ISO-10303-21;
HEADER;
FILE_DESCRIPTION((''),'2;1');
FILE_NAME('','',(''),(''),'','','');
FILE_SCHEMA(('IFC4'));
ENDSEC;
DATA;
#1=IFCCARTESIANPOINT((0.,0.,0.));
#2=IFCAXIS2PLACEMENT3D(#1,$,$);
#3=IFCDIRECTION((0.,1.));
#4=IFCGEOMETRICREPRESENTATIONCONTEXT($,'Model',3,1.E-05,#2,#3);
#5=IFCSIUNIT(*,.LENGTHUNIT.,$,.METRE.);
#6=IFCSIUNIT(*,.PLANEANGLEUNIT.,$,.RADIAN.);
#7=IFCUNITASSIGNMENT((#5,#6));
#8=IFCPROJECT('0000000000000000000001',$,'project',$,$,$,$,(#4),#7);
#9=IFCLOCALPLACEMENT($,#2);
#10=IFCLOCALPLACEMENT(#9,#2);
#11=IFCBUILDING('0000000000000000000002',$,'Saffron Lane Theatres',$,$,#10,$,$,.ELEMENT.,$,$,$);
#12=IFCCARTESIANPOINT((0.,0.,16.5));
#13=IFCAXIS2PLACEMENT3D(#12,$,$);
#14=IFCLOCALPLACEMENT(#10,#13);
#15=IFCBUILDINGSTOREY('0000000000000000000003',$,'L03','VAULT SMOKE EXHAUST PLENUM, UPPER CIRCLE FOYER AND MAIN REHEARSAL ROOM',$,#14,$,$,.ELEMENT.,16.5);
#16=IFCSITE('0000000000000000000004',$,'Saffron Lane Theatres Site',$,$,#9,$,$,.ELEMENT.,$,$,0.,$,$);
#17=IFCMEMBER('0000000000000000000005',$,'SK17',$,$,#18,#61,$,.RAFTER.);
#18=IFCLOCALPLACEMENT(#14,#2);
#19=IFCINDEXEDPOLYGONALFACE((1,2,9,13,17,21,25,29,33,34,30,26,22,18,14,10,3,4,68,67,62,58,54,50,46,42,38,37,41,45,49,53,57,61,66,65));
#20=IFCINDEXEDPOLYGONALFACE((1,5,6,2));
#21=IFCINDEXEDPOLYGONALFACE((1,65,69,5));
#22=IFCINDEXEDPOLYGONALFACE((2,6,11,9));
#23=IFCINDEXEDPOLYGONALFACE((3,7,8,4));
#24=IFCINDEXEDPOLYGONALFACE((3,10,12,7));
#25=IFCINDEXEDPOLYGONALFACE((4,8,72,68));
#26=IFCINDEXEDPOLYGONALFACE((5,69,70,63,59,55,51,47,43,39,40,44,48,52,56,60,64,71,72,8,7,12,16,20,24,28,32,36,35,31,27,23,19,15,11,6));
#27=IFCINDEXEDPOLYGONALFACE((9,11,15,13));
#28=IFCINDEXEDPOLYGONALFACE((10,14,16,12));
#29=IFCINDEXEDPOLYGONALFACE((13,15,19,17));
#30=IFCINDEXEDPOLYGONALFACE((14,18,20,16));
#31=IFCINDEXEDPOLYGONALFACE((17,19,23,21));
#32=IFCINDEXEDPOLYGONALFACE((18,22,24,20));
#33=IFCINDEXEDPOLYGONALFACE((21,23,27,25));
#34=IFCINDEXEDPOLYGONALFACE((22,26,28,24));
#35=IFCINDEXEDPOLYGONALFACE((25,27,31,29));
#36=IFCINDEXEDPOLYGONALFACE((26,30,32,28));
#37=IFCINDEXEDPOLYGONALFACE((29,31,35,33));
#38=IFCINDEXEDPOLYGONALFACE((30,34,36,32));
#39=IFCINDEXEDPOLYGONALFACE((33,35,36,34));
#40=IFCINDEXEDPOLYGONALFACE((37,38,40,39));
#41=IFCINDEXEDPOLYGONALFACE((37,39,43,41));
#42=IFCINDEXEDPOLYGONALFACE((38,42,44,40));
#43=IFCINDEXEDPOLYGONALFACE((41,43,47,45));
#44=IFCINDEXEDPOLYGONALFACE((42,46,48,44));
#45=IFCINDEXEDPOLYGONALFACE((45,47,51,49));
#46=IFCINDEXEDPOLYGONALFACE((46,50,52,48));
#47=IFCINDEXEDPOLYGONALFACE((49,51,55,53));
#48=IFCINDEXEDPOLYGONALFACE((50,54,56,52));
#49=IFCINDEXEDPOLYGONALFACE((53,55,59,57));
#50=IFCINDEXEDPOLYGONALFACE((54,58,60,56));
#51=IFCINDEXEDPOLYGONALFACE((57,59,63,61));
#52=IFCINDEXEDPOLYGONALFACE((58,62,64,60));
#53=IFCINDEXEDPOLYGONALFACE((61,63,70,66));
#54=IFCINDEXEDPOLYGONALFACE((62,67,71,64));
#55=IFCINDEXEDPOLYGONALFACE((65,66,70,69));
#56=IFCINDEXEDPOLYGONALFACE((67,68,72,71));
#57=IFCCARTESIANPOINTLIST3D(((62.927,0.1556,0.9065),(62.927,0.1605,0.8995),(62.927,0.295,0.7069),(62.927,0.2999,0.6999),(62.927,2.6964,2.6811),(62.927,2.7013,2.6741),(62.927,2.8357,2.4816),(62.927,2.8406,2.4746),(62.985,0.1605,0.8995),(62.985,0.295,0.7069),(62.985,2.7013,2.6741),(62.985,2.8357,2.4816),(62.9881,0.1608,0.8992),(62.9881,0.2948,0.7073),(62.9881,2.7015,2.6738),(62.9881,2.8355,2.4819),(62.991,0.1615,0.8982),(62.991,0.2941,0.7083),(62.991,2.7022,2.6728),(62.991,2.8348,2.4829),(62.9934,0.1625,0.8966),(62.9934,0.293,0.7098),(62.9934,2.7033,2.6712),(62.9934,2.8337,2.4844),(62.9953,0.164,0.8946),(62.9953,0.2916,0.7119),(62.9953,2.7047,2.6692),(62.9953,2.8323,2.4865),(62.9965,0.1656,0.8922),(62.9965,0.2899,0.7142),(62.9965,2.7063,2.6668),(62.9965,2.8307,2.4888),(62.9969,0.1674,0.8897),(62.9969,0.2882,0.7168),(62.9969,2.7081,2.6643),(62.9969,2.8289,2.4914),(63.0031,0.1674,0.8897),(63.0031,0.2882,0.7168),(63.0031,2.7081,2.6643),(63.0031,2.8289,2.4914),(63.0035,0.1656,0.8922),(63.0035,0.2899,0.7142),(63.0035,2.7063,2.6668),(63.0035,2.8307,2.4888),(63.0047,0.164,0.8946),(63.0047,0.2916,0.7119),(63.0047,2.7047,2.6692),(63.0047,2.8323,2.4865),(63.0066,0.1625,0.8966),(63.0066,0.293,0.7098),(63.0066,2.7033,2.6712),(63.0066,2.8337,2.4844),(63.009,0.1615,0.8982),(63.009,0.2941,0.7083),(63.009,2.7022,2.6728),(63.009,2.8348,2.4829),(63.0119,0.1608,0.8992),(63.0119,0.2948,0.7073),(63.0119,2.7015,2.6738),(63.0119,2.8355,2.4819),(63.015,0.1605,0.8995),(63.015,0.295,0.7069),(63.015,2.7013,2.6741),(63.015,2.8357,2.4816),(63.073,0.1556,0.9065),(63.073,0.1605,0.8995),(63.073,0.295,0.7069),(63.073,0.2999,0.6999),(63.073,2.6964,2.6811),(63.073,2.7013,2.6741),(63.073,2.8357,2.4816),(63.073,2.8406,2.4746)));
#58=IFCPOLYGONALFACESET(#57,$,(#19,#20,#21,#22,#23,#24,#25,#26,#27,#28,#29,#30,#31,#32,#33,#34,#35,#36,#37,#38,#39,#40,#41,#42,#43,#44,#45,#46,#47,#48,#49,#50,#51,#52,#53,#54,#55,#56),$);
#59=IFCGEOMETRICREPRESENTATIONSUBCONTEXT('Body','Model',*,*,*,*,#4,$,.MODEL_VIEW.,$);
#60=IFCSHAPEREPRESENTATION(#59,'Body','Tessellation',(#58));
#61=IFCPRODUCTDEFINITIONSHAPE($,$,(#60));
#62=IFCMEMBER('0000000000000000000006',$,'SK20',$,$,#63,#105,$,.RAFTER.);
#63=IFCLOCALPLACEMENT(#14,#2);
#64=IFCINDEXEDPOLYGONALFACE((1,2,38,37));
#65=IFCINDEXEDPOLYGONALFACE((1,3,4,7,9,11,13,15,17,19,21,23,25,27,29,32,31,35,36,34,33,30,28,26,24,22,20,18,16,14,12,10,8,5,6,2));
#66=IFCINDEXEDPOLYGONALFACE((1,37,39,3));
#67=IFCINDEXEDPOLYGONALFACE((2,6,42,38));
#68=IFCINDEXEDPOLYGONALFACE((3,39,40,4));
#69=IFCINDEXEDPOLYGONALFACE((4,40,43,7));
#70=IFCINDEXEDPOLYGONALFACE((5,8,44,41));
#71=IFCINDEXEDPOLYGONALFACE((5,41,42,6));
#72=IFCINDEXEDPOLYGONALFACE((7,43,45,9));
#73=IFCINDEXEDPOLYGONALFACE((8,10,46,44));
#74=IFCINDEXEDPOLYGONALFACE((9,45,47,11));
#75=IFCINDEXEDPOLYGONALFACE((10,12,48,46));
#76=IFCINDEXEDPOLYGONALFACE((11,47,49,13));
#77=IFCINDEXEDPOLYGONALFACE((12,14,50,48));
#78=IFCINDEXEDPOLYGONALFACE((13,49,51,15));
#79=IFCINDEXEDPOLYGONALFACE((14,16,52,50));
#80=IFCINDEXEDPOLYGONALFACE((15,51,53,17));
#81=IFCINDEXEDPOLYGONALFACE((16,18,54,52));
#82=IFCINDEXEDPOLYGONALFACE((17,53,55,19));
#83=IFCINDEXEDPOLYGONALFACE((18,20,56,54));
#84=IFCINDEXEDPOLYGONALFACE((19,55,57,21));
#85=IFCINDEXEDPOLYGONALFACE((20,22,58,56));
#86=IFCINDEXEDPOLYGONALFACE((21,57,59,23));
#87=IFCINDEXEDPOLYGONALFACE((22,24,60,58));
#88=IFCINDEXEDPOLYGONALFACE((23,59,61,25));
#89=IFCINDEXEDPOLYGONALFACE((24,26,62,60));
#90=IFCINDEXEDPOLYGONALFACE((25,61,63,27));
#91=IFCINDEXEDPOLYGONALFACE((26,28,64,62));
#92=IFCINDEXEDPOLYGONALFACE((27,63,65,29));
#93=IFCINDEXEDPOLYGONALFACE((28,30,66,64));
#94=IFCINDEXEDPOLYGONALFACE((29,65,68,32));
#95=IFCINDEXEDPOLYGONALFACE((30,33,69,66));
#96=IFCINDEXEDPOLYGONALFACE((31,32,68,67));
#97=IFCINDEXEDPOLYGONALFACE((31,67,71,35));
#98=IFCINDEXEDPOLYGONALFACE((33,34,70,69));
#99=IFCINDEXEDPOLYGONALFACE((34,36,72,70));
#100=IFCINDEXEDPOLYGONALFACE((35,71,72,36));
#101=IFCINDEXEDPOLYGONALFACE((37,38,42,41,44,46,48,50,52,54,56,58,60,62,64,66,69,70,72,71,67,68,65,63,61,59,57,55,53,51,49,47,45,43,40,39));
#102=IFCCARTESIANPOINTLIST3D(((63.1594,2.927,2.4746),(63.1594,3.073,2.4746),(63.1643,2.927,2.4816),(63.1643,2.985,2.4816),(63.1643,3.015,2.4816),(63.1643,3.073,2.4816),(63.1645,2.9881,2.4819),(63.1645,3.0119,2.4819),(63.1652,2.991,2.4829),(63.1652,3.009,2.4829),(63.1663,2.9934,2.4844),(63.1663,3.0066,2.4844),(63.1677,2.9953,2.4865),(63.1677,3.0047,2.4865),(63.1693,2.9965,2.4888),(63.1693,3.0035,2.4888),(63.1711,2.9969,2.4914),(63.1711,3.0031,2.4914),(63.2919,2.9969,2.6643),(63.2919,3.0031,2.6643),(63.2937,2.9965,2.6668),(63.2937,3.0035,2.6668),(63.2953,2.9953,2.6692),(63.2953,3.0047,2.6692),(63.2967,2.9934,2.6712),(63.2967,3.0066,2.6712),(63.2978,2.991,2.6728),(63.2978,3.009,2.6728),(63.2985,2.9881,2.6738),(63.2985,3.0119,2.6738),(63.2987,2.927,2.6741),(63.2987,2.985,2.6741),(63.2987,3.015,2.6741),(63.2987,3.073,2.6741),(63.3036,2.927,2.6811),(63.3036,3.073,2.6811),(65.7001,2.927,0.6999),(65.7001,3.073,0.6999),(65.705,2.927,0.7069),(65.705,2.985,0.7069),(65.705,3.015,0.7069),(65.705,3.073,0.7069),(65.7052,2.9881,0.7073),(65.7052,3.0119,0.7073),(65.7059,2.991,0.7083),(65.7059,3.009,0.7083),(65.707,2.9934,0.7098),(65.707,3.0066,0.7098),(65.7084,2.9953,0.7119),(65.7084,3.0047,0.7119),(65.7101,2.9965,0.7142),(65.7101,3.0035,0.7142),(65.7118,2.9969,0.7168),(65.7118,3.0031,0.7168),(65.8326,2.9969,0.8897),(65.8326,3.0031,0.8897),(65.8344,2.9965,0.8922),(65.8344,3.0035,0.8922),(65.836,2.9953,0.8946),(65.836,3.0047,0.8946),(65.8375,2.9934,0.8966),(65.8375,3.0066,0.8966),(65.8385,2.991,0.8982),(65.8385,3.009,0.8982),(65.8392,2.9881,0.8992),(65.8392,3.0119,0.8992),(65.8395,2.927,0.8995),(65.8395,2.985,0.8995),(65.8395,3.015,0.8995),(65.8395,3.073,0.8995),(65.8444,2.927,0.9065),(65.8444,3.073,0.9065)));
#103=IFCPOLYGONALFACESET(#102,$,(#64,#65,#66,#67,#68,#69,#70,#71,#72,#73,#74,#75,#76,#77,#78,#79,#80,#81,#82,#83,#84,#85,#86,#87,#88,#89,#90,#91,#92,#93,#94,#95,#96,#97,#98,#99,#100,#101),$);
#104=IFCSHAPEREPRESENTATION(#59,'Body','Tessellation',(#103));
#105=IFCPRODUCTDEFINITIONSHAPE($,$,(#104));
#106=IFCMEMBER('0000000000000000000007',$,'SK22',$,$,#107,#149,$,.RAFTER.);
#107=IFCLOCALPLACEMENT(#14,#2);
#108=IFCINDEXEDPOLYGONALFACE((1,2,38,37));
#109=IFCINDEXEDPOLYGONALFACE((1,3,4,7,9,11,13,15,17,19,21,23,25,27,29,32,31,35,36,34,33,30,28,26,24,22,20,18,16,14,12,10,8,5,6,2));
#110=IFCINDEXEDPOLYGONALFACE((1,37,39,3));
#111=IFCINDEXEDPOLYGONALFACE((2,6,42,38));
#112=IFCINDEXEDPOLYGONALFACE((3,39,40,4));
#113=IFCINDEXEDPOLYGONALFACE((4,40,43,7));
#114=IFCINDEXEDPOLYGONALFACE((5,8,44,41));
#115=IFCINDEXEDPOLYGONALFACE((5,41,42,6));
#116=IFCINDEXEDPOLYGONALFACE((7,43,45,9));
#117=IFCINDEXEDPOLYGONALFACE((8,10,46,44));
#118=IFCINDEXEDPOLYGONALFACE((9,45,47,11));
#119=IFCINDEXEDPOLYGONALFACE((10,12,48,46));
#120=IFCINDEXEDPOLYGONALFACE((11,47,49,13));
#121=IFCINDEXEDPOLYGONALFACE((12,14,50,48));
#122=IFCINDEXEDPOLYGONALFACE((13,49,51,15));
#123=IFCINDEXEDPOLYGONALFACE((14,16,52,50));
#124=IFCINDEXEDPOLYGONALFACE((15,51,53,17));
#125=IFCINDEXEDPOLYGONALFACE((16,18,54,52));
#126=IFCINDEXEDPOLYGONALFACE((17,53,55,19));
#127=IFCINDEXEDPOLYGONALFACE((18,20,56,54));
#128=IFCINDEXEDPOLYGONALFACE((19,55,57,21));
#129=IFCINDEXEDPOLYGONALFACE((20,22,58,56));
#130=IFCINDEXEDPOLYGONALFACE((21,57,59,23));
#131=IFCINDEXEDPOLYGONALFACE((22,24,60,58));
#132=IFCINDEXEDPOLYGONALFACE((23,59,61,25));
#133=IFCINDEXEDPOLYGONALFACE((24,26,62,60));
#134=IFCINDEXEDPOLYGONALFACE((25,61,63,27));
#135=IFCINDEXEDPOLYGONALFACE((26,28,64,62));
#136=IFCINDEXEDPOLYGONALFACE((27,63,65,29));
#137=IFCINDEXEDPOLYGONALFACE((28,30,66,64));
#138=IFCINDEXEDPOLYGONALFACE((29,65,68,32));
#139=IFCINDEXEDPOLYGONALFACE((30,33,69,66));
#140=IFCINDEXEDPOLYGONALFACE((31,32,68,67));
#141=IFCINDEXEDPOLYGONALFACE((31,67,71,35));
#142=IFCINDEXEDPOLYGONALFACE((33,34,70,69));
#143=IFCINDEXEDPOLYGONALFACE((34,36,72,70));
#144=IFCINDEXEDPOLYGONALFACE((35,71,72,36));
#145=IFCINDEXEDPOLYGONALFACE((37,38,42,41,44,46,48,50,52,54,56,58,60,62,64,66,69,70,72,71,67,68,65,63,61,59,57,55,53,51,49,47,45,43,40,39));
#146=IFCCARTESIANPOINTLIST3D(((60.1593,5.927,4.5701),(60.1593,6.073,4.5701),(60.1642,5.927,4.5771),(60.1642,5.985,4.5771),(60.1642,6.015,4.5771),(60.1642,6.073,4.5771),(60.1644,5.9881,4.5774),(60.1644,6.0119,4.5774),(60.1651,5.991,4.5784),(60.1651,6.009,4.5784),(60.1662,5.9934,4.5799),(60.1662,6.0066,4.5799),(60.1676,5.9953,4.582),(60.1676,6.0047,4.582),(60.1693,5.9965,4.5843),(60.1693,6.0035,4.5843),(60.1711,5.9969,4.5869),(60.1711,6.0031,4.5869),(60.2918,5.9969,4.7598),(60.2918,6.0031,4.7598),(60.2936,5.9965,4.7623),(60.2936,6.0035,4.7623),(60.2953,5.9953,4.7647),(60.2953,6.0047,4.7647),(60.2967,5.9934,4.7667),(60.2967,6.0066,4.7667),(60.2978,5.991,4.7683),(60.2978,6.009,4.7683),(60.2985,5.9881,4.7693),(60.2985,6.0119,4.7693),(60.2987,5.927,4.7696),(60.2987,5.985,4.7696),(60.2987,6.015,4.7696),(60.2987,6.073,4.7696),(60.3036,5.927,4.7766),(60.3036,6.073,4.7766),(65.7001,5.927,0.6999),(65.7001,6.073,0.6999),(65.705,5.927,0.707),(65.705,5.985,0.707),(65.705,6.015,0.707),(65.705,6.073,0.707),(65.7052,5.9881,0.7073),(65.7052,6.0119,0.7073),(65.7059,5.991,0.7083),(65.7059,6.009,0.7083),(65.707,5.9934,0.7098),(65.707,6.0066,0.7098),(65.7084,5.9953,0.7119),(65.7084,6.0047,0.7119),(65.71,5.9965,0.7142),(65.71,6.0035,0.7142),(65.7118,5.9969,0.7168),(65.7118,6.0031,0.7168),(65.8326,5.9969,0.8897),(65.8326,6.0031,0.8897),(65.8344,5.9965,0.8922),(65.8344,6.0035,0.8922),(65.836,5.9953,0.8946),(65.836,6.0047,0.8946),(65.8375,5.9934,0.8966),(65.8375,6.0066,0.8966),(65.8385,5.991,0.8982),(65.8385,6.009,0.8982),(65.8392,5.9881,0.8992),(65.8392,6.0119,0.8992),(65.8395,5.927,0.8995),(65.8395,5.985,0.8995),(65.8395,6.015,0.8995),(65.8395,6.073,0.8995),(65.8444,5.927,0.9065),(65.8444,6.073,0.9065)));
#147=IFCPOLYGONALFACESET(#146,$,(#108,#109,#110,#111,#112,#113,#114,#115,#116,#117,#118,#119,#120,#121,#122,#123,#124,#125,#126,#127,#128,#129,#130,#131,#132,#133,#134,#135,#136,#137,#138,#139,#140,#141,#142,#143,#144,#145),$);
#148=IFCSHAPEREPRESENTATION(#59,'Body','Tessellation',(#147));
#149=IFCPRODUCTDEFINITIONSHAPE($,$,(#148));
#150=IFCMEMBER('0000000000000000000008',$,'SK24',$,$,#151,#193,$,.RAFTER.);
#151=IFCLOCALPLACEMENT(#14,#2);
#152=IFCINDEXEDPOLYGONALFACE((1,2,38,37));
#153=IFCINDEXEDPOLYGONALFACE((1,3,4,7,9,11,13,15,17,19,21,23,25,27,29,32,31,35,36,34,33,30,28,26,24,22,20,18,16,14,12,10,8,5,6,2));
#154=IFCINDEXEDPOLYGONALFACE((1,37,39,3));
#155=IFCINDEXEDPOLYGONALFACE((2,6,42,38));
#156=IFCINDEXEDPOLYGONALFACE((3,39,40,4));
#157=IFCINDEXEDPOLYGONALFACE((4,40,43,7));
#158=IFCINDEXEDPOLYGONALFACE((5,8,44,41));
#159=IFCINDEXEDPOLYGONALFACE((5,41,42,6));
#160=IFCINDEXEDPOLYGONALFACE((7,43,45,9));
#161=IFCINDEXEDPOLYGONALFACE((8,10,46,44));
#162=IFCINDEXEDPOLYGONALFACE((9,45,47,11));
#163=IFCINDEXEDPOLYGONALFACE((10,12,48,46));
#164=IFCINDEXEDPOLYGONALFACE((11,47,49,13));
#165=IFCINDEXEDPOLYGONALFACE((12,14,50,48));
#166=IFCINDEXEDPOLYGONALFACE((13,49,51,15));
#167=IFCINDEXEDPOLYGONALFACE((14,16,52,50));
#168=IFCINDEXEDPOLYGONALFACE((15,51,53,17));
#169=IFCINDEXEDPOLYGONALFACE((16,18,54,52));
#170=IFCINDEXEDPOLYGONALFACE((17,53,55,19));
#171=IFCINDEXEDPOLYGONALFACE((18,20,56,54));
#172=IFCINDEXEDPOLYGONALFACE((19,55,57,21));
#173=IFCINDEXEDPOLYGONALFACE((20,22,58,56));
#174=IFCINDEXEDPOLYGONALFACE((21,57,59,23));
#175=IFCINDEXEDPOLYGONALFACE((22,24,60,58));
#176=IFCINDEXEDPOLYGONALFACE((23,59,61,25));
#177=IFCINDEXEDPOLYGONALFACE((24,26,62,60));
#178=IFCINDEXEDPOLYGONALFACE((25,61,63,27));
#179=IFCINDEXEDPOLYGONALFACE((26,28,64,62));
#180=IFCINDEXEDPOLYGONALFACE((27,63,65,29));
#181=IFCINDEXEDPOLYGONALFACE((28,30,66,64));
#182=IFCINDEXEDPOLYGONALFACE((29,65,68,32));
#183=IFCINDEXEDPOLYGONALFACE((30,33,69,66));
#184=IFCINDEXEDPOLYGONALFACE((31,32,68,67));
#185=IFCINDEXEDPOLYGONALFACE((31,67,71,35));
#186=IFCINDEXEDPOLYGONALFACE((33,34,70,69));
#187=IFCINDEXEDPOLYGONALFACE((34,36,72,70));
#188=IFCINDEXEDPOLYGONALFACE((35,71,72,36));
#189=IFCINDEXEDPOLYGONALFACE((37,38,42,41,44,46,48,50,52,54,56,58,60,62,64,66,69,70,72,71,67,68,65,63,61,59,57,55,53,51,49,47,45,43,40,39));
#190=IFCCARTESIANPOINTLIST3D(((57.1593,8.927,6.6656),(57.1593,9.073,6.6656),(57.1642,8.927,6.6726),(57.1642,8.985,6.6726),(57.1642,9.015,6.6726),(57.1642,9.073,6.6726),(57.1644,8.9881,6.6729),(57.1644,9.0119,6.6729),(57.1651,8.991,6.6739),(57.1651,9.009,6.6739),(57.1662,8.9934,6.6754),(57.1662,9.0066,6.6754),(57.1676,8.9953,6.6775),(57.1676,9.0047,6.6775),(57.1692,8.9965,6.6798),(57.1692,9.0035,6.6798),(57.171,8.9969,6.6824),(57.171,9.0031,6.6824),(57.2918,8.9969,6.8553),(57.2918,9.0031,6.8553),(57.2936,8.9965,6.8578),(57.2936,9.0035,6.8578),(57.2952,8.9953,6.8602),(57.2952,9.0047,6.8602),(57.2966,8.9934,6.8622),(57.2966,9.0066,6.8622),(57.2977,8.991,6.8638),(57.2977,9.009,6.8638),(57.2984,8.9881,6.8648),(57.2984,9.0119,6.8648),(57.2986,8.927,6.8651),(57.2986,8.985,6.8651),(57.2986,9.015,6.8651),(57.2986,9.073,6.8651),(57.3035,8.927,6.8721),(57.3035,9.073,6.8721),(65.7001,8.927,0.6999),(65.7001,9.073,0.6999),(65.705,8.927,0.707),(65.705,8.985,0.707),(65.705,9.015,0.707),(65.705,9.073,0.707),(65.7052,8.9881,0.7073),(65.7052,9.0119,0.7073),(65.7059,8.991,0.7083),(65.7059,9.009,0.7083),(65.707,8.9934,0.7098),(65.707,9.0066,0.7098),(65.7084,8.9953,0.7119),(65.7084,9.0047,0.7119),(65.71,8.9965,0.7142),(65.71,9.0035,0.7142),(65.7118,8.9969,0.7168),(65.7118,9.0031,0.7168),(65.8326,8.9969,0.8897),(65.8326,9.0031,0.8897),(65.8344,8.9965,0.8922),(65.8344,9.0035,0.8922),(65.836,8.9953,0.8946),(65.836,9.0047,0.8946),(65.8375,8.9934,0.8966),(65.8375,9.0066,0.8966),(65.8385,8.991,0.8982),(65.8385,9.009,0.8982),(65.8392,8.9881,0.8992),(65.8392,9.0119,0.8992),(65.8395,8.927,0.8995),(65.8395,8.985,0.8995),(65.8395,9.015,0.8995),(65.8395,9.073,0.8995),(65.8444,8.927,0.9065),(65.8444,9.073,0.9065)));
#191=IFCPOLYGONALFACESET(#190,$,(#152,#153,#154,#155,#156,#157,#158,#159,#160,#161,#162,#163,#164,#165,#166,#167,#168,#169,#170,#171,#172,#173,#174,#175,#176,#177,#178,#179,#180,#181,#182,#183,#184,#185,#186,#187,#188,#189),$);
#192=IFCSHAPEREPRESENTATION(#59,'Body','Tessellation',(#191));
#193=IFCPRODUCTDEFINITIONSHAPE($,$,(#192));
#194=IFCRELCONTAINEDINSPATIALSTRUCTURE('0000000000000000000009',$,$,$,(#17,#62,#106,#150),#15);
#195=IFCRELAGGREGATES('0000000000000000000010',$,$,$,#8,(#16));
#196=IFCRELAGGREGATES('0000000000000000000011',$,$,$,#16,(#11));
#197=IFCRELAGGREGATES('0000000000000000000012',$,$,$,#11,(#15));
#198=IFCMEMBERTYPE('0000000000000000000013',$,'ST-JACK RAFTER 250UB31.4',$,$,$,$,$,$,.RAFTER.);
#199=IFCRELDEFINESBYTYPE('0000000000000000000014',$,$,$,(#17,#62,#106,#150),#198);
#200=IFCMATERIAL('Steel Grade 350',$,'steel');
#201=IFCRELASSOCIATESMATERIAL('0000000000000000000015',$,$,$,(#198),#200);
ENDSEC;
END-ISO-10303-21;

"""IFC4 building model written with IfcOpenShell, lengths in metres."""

from ifc_helpers import new_model, si_unit, direction, frame, origin, origin_2d, place, context, subcontext, project, spatial, i_section, extrude, material, material_profile, profile_set, type_object, element, save


model = new_model("IFC4")

# Units and contexts
model_context = context("Model", 3, precision=1e-05, world=origin(), true_north=direction((0.0, 1.0)))
body_context = subcontext(model_context, "Body", "Model", "MODEL_VIEW")
ifc_project = project(units=[si_unit("LENGTHUNIT", "METRE"), si_unit("PLANEANGLEUNIT", "RADIAN")], contexts=[model_context])

# Site, building, storey
site_placement = place(None, origin())
site = spatial("IfcSite", under=ifc_project, at=site_placement, Name="Saffron Lane Theatres Site", CompositionType="ELEMENT", RefElevation=0.0)
building_placement = place(site_placement, origin())
building = spatial("IfcBuilding", under=site, at=building_placement, Name="Saffron Lane Theatres", CompositionType="ELEMENT")
storey_placement = place(building_placement, frame((0.0, 0.0, 16.5)))
storey = spatial("IfcBuildingStorey", under=building, at=storey_placement, Name="L03", Description="VAULT SMOKE EXHAUST PLENUM, UPPER CIRCLE FOYER AND MAIN REHEARSAL ROOM", CompositionType="ELEMENT", Elevation=16.5)

# Members
ifc_material_1 = material(Name="Steel Grade 350", Category="steel")
ifc_material_profile_1 = material_profile(ifc_material_1, i_section(OverallWidth=0.146, OverallDepth=0.252, WebThickness=0.0061, FlangeThickness=0.0085, FilletRadius=0.012, at=origin_2d()))
ifc_profile_set_1 = profile_set([ifc_material_profile_1], Name="Steel Grade 350")
member_type_1 = type_object("IfcMemberType", Name="ST-JACK RAFTER 250UB31.4", PredefinedType="RAFTER", material=ifc_profile_set_1)
for number, where, z_axis, x_axis, name in (
    (1, (63.0, 0.2278, 0.8032), (0.0, 0.81982, 0.572621), (-1.0, 0.0, 0.0), "SK17"),
    (2, (65.7722, 3.0, 0.8032), (-0.81982, 0.0, 0.572621), (0.0, -1.0, 0.0), "SK20"),
):
    element("IfcMember", number, at=place(storey_placement, frame(where, z_axis=z_axis, x_axis=x_axis)), inside=storey, type_object=member_type_1, Name=name, PredefinedType="RAFTER", context=body_context, shape_type="SweptSolid", body=[
        extrude(i_section(OverallWidth=0.146, OverallDepth=0.252, WebThickness=0.0061, FlangeThickness=0.0085, FilletRadius=0.012, at=origin_2d()), origin(), (0.0, 0.0, 1.0), 3.0991),
    ])
member_1_placement = place(storey_placement, frame((65.7722, 6.0, 0.8032), z_axis=(-0.819817, 0.0, 0.572626), x_axis=(0.0, -1.0, 0.0)))
element("IfcMember", 3, at=member_1_placement, inside=storey, type_object=member_type_1, Name="SK22", PredefinedType="RAFTER", context=body_context, shape_type="SweptSolid", body=[
    extrude(i_section(OverallWidth=0.146, OverallDepth=0.252, WebThickness=0.0061, FlangeThickness=0.0085, FilletRadius=0.012, at=origin_2d()), origin(), (0.0, 0.0, 1.0), 6.7585),
])
member_2_placement = place(storey_placement, frame((65.7722, 9.0, 0.8032), z_axis=(-0.819816, 0.0, 0.572627), x_axis=(0.0, -1.0, 0.0)))
element("IfcMember", 4, at=member_2_placement, inside=storey, type_object=member_type_1, Name="SK24", PredefinedType="RAFTER", context=body_context, shape_type="SweptSolid", body=[
    extrude(i_section(OverallWidth=0.146, OverallDepth=0.252, WebThickness=0.0061, FlangeThickness=0.0085, FilletRadius=0.012, at=origin_2d()), origin(), (0.0, 0.0, 1.0), 10.418),
])

save(model, "model.ifc")
